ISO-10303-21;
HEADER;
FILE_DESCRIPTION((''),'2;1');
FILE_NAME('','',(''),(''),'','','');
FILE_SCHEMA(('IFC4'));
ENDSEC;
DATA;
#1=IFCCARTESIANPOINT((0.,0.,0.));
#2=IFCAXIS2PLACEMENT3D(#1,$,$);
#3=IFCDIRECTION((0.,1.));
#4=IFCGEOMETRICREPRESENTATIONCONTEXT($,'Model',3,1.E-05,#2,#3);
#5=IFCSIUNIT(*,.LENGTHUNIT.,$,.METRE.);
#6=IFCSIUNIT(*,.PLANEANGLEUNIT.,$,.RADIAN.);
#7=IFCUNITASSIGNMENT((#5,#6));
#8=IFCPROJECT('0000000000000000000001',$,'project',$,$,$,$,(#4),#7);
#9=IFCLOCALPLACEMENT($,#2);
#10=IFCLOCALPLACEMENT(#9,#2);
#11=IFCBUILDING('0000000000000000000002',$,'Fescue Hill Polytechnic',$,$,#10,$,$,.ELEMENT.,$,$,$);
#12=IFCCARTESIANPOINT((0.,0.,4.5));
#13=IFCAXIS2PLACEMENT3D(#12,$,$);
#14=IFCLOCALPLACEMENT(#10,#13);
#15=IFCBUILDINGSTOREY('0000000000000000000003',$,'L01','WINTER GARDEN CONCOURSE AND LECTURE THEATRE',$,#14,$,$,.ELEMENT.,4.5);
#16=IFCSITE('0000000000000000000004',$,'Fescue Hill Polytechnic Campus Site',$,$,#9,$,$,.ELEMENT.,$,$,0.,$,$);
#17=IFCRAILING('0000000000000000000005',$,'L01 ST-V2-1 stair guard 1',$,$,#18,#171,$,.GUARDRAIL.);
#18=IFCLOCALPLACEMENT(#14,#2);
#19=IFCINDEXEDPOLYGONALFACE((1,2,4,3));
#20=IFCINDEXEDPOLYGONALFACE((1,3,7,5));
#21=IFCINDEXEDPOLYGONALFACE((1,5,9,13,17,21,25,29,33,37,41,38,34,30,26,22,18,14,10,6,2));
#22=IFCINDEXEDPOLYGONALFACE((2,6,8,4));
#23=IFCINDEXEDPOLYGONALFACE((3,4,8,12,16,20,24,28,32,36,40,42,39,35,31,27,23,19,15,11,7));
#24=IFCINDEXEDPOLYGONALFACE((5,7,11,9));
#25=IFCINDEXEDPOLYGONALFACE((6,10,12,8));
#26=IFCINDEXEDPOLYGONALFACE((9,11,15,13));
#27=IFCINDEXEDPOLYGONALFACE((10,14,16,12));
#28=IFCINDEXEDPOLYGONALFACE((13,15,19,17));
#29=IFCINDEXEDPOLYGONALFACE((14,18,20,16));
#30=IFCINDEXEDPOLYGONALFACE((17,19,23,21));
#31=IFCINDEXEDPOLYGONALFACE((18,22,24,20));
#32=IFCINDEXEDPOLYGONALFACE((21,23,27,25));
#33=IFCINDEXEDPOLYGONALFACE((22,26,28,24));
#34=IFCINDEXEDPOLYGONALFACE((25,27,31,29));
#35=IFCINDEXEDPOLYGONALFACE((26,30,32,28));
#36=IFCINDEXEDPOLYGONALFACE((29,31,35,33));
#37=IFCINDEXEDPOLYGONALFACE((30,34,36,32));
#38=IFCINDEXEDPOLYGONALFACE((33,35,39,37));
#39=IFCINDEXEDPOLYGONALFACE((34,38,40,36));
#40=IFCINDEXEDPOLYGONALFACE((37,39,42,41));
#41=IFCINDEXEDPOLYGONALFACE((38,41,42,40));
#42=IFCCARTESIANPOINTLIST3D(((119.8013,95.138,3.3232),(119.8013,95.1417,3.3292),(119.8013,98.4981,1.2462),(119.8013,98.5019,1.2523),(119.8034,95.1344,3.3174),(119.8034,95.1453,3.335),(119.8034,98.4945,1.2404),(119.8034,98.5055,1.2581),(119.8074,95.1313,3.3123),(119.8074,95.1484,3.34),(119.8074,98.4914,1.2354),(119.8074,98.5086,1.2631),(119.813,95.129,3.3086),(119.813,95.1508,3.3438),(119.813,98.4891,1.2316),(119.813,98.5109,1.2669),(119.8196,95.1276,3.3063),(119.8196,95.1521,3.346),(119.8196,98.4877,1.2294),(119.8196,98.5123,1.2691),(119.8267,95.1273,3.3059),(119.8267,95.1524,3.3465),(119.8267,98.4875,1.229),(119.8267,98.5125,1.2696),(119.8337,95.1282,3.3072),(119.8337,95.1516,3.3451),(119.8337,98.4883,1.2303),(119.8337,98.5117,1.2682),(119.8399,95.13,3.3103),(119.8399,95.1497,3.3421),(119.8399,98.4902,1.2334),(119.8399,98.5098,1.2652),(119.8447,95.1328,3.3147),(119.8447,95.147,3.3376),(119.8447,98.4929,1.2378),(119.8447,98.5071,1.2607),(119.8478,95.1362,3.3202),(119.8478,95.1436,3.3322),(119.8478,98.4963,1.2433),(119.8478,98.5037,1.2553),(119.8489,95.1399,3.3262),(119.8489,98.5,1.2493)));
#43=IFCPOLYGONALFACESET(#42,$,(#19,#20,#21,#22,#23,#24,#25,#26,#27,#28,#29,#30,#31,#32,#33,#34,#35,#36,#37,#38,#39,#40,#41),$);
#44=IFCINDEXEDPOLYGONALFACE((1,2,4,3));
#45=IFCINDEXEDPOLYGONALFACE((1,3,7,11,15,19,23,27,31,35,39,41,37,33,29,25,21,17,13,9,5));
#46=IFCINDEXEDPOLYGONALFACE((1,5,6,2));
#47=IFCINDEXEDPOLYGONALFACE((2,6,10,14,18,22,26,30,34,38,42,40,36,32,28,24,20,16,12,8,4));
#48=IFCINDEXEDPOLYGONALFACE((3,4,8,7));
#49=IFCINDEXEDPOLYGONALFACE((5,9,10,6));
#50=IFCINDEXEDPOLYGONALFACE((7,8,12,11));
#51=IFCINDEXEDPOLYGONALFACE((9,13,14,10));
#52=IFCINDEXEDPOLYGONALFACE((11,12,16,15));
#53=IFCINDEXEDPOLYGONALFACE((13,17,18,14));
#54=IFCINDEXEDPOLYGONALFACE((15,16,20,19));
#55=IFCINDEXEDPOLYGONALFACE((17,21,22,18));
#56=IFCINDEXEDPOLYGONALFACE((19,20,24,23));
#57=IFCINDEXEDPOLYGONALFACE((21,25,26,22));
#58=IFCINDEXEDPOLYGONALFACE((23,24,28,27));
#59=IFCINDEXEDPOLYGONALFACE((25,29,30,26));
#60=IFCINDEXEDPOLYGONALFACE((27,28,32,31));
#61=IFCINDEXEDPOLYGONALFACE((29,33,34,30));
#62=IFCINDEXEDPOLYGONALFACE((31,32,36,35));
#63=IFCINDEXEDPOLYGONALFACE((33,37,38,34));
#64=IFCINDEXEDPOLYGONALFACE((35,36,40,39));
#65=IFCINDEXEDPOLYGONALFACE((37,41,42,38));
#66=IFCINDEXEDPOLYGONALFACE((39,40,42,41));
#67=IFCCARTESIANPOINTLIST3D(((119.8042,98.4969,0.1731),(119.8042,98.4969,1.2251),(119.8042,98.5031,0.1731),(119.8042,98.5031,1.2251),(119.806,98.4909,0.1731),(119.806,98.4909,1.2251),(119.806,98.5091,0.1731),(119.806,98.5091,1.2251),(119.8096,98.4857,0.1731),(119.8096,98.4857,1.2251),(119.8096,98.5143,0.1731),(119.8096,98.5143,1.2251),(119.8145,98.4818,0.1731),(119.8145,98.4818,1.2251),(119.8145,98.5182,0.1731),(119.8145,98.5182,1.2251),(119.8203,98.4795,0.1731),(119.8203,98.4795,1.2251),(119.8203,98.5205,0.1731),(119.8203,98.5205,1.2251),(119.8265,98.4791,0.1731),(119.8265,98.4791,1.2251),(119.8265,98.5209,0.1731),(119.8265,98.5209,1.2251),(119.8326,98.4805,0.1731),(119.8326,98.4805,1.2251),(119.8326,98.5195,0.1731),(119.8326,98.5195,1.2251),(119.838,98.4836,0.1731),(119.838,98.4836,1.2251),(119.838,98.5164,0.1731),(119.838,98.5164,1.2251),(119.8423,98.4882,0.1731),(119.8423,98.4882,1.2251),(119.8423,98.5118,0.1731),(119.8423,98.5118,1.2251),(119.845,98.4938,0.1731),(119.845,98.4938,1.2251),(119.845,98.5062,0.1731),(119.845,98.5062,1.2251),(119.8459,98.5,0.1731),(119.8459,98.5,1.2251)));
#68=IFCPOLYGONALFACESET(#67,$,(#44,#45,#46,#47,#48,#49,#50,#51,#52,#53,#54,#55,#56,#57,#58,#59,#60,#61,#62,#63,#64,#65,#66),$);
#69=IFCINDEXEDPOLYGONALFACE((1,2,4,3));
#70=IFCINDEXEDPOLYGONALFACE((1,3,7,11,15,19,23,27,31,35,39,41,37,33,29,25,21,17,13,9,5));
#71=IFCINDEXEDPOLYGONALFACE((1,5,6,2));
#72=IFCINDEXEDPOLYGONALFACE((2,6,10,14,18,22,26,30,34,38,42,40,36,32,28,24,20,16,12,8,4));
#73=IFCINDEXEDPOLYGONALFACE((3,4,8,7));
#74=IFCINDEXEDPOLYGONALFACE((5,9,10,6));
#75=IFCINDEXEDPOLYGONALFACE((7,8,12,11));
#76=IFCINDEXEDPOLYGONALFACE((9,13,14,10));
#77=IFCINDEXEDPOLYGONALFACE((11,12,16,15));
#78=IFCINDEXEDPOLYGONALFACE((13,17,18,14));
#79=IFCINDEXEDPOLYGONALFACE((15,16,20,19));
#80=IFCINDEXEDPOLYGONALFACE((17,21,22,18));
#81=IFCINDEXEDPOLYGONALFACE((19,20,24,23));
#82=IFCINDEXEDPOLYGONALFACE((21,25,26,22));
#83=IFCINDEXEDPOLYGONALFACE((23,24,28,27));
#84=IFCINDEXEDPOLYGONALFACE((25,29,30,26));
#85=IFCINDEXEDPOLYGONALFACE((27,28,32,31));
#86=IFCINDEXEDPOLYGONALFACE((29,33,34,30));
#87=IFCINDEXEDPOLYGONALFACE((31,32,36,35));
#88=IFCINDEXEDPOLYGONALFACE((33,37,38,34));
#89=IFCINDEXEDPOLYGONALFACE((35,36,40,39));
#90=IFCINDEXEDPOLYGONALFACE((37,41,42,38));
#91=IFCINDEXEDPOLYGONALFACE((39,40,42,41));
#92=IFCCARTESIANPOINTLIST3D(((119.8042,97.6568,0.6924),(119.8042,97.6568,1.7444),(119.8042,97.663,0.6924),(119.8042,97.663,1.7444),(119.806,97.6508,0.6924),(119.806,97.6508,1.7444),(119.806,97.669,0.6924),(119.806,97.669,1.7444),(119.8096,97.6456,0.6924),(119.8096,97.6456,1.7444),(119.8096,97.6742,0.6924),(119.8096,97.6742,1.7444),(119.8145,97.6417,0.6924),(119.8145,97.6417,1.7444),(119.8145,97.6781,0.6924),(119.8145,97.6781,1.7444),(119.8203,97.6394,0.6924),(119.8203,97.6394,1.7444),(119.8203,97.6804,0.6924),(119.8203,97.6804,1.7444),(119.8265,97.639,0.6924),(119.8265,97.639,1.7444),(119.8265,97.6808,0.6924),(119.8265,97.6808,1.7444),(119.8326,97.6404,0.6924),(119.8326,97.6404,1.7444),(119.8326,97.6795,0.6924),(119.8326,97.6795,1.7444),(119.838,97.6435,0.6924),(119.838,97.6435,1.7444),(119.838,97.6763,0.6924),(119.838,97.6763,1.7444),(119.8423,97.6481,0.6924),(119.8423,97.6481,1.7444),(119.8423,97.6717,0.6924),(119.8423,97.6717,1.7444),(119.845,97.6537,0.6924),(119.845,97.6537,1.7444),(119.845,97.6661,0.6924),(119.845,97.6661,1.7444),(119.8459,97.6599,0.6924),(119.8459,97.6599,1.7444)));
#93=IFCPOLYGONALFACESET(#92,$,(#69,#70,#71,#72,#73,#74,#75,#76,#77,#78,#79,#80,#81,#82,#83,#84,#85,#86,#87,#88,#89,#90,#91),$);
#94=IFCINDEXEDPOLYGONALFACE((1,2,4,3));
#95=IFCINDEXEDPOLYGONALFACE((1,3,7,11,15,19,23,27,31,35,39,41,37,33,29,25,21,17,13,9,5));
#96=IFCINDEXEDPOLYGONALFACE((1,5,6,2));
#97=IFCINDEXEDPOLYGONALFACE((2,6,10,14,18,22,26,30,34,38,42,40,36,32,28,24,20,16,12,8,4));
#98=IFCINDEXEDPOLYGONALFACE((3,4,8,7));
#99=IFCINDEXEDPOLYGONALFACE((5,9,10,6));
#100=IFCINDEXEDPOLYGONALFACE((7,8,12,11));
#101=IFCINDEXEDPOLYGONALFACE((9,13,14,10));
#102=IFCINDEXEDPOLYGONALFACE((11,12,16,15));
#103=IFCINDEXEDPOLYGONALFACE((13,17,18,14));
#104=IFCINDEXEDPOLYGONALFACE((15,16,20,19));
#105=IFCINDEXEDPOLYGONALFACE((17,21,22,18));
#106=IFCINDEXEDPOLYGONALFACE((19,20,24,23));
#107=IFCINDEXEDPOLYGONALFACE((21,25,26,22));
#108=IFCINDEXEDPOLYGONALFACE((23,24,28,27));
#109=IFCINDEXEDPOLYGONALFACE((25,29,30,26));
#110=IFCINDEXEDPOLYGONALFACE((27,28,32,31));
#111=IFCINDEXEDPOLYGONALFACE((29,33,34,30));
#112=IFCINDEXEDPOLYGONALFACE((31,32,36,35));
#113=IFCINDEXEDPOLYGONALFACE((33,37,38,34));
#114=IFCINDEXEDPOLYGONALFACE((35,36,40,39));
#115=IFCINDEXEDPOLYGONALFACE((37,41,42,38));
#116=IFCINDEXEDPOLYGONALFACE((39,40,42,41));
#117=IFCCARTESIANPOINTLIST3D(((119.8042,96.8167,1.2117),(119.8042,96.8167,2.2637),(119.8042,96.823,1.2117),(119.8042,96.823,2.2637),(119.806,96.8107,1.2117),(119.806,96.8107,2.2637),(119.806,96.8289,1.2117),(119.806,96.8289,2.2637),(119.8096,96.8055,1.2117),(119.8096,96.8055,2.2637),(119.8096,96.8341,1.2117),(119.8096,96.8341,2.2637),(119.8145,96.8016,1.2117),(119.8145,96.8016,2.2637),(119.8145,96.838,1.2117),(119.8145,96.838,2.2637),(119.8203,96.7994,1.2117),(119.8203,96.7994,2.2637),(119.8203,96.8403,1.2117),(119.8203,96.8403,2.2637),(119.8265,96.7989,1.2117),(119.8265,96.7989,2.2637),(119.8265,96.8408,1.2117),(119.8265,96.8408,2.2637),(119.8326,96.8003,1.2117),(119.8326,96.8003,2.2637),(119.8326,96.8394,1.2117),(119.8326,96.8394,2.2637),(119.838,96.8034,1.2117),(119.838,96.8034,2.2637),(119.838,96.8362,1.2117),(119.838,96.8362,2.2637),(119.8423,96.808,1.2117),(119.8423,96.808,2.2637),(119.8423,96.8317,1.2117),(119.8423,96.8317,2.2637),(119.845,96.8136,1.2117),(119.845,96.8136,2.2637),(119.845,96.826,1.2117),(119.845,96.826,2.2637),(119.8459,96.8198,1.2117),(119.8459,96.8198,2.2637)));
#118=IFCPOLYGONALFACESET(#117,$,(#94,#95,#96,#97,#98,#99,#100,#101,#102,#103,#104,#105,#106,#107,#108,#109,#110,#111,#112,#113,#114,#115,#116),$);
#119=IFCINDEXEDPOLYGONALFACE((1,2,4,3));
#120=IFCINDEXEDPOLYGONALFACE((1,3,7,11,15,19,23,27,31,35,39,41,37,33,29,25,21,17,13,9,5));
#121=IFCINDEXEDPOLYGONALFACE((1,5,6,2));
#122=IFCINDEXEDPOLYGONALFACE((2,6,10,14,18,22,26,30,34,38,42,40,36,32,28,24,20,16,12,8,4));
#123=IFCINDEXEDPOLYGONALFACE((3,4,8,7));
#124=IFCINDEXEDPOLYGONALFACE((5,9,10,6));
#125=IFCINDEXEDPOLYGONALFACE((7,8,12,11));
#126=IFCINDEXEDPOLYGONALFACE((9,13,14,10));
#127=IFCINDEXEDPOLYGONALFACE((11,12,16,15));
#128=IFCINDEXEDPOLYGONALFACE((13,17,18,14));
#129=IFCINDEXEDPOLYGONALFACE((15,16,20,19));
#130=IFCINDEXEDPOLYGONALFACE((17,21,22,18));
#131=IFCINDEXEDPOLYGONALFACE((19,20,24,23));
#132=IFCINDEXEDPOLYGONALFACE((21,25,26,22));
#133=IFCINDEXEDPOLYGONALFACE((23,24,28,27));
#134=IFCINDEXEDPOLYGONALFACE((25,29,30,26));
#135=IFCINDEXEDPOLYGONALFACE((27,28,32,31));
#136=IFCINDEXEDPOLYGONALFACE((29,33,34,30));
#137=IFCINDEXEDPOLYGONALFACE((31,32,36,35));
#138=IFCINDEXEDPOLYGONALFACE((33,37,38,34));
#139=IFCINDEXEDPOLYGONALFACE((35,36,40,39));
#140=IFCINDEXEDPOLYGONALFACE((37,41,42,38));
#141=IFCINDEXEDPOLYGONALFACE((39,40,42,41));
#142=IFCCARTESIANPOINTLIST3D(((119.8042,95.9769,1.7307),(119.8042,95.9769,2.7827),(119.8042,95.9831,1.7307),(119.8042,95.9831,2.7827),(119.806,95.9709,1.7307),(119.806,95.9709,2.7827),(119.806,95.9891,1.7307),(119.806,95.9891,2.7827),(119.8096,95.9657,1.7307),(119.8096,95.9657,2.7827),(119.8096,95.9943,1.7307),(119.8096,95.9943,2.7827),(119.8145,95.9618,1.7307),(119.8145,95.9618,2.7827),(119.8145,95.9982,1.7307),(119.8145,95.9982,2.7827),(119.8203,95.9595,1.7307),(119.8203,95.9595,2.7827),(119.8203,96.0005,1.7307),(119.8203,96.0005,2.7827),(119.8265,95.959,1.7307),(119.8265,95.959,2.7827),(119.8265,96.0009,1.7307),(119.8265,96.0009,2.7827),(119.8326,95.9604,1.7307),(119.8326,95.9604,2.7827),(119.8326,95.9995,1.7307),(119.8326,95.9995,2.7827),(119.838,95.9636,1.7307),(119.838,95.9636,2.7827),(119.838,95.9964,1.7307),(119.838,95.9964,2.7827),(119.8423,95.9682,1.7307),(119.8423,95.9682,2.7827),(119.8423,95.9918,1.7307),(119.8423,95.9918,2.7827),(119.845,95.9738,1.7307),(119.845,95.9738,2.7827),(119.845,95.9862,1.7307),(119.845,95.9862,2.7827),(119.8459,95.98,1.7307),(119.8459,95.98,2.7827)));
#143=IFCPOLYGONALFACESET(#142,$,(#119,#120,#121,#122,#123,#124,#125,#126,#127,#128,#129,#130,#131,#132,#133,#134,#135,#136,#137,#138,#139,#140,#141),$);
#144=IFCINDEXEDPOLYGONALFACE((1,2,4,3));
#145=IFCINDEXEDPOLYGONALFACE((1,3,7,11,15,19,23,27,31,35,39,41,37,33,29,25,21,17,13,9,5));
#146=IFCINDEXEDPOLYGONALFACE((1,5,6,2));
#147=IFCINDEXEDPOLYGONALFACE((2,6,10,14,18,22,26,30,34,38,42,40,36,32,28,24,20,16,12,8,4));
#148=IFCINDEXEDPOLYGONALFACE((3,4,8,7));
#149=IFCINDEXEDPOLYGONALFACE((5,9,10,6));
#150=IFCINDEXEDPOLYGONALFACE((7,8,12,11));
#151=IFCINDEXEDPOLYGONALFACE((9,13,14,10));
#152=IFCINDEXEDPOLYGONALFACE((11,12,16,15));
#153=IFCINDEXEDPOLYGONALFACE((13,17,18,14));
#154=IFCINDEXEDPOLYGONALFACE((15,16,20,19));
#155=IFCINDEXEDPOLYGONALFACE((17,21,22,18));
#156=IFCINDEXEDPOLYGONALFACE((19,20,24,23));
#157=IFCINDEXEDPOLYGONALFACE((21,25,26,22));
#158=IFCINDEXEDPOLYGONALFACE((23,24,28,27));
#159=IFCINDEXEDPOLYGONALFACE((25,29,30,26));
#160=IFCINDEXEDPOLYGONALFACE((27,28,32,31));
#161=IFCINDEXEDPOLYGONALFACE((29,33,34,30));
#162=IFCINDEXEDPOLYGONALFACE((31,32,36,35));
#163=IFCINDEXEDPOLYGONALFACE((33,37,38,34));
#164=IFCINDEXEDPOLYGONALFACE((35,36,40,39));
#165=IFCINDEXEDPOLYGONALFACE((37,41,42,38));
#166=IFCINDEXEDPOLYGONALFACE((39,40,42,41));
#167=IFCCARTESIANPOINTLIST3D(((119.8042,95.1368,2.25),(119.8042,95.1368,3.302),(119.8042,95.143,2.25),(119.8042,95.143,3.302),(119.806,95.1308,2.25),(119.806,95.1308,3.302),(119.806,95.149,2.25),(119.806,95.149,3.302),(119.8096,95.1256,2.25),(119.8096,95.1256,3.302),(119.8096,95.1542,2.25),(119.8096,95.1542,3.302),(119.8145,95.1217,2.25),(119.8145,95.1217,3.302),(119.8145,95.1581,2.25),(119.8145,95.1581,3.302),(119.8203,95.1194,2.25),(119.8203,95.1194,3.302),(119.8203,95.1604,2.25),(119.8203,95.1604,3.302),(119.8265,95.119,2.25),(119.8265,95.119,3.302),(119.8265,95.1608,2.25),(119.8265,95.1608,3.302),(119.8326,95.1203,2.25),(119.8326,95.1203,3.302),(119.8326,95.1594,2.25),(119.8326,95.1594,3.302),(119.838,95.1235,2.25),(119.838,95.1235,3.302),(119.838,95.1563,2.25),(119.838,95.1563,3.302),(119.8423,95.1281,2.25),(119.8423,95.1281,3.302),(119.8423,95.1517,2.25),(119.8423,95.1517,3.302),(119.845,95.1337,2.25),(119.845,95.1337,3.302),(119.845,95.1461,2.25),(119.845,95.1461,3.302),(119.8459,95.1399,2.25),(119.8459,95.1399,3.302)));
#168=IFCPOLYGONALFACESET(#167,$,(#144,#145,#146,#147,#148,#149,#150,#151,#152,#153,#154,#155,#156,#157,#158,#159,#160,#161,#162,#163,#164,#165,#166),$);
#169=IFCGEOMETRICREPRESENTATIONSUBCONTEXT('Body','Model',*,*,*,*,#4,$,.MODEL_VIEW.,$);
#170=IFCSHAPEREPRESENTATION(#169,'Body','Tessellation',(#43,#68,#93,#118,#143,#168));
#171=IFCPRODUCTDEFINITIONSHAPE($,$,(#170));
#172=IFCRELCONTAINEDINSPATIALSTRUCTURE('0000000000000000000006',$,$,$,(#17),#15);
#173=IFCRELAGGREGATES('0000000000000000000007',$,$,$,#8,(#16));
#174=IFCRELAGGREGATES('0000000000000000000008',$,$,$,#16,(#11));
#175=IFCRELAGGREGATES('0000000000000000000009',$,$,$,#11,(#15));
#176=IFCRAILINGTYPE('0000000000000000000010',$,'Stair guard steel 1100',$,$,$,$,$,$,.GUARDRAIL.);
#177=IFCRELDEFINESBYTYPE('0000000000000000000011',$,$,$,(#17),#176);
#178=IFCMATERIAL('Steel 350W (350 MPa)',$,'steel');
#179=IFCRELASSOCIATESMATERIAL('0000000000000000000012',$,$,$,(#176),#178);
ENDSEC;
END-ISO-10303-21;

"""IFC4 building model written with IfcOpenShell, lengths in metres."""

from ifc_helpers import new_model, si_unit, direction, frame, origin, origin_2d, place, context, subcontext, project, spatial, circle, extrude, material, type_object, element, save


model = new_model("IFC4")

# Units and contexts
model_context = context("Model", 3, precision=1e-05, world=origin(), true_north=direction((0.0, 1.0)))
body_context = subcontext(model_context, "Body", "Model", "MODEL_VIEW")
ifc_project = project(units=[si_unit("LENGTHUNIT", "METRE"), si_unit("PLANEANGLEUNIT", "RADIAN")], contexts=[model_context])

# Site, building, storey
site_placement = place(None, origin())
site = spatial("IfcSite", under=ifc_project, at=site_placement, Name="Fescue Hill Polytechnic Campus Site", CompositionType="ELEMENT", RefElevation=0.0)
building_placement = place(site_placement, origin())
building = spatial("IfcBuilding", under=site, at=building_placement, Name="Fescue Hill Polytechnic", CompositionType="ELEMENT")
storey_placement = place(building_placement, frame((0.0, 0.0, 4.5)))
storey = spatial("IfcBuildingStorey", under=building, at=storey_placement, Name="L01", Description="WINTER GARDEN CONCOURSE AND LECTURE THEATRE", CompositionType="ELEMENT", Elevation=4.5)

# Railing
ifc_material_1 = material(Name="Steel 350W (350 MPa)", Category="steel")
railing_type_1 = type_object("IfcRailingType", Name="Stair guard steel 1100", PredefinedType="GUARDRAIL", material=ifc_material_1)
railing_1_placement = place(storey_placement, frame((119.825, 98.5, 0.1731)))
element("IfcRailing", 1, at=railing_1_placement, inside=storey, type_object=railing_type_1, Name="L01 ST-V2-1 stair guard 1", PredefinedType="GUARDRAIL", context=body_context, shape_type="SweptSolid", body=[
    extrude(circle(Radius=0.0239, at=origin_2d()), frame((0.0, 0.0, 1.0762), z_axis=(0.0, -0.850623, 0.525776), x_axis=(1.0, 0.0, 0.0)), (0.0, 0.0, 1.0), 3.9502),
    extrude(circle(Radius=0.021, at=origin_2d()), origin(), (0.0, 0.0, 1.0), 1.052),
    extrude(circle(Radius=0.021, at=origin_2d()), frame((0.0, -0.8401, 0.5193)), (0.0, 0.0, 1.0), 1.052),
    extrude(circle(Radius=0.021, at=origin_2d()), frame((0.0, -1.6802, 1.0386)), (0.0, 0.0, 1.0), 1.052),
    extrude(circle(Radius=0.021, at=origin_2d()), frame((0.0, -2.52, 1.5576)), (0.0, 0.0, 1.0), 1.052),
    extrude(circle(Radius=0.021, at=origin_2d()), frame((0.0, -3.3601, 2.0769)), (0.0, 0.0, 1.0), 1.052),
])

save(model, "model.ifc")
